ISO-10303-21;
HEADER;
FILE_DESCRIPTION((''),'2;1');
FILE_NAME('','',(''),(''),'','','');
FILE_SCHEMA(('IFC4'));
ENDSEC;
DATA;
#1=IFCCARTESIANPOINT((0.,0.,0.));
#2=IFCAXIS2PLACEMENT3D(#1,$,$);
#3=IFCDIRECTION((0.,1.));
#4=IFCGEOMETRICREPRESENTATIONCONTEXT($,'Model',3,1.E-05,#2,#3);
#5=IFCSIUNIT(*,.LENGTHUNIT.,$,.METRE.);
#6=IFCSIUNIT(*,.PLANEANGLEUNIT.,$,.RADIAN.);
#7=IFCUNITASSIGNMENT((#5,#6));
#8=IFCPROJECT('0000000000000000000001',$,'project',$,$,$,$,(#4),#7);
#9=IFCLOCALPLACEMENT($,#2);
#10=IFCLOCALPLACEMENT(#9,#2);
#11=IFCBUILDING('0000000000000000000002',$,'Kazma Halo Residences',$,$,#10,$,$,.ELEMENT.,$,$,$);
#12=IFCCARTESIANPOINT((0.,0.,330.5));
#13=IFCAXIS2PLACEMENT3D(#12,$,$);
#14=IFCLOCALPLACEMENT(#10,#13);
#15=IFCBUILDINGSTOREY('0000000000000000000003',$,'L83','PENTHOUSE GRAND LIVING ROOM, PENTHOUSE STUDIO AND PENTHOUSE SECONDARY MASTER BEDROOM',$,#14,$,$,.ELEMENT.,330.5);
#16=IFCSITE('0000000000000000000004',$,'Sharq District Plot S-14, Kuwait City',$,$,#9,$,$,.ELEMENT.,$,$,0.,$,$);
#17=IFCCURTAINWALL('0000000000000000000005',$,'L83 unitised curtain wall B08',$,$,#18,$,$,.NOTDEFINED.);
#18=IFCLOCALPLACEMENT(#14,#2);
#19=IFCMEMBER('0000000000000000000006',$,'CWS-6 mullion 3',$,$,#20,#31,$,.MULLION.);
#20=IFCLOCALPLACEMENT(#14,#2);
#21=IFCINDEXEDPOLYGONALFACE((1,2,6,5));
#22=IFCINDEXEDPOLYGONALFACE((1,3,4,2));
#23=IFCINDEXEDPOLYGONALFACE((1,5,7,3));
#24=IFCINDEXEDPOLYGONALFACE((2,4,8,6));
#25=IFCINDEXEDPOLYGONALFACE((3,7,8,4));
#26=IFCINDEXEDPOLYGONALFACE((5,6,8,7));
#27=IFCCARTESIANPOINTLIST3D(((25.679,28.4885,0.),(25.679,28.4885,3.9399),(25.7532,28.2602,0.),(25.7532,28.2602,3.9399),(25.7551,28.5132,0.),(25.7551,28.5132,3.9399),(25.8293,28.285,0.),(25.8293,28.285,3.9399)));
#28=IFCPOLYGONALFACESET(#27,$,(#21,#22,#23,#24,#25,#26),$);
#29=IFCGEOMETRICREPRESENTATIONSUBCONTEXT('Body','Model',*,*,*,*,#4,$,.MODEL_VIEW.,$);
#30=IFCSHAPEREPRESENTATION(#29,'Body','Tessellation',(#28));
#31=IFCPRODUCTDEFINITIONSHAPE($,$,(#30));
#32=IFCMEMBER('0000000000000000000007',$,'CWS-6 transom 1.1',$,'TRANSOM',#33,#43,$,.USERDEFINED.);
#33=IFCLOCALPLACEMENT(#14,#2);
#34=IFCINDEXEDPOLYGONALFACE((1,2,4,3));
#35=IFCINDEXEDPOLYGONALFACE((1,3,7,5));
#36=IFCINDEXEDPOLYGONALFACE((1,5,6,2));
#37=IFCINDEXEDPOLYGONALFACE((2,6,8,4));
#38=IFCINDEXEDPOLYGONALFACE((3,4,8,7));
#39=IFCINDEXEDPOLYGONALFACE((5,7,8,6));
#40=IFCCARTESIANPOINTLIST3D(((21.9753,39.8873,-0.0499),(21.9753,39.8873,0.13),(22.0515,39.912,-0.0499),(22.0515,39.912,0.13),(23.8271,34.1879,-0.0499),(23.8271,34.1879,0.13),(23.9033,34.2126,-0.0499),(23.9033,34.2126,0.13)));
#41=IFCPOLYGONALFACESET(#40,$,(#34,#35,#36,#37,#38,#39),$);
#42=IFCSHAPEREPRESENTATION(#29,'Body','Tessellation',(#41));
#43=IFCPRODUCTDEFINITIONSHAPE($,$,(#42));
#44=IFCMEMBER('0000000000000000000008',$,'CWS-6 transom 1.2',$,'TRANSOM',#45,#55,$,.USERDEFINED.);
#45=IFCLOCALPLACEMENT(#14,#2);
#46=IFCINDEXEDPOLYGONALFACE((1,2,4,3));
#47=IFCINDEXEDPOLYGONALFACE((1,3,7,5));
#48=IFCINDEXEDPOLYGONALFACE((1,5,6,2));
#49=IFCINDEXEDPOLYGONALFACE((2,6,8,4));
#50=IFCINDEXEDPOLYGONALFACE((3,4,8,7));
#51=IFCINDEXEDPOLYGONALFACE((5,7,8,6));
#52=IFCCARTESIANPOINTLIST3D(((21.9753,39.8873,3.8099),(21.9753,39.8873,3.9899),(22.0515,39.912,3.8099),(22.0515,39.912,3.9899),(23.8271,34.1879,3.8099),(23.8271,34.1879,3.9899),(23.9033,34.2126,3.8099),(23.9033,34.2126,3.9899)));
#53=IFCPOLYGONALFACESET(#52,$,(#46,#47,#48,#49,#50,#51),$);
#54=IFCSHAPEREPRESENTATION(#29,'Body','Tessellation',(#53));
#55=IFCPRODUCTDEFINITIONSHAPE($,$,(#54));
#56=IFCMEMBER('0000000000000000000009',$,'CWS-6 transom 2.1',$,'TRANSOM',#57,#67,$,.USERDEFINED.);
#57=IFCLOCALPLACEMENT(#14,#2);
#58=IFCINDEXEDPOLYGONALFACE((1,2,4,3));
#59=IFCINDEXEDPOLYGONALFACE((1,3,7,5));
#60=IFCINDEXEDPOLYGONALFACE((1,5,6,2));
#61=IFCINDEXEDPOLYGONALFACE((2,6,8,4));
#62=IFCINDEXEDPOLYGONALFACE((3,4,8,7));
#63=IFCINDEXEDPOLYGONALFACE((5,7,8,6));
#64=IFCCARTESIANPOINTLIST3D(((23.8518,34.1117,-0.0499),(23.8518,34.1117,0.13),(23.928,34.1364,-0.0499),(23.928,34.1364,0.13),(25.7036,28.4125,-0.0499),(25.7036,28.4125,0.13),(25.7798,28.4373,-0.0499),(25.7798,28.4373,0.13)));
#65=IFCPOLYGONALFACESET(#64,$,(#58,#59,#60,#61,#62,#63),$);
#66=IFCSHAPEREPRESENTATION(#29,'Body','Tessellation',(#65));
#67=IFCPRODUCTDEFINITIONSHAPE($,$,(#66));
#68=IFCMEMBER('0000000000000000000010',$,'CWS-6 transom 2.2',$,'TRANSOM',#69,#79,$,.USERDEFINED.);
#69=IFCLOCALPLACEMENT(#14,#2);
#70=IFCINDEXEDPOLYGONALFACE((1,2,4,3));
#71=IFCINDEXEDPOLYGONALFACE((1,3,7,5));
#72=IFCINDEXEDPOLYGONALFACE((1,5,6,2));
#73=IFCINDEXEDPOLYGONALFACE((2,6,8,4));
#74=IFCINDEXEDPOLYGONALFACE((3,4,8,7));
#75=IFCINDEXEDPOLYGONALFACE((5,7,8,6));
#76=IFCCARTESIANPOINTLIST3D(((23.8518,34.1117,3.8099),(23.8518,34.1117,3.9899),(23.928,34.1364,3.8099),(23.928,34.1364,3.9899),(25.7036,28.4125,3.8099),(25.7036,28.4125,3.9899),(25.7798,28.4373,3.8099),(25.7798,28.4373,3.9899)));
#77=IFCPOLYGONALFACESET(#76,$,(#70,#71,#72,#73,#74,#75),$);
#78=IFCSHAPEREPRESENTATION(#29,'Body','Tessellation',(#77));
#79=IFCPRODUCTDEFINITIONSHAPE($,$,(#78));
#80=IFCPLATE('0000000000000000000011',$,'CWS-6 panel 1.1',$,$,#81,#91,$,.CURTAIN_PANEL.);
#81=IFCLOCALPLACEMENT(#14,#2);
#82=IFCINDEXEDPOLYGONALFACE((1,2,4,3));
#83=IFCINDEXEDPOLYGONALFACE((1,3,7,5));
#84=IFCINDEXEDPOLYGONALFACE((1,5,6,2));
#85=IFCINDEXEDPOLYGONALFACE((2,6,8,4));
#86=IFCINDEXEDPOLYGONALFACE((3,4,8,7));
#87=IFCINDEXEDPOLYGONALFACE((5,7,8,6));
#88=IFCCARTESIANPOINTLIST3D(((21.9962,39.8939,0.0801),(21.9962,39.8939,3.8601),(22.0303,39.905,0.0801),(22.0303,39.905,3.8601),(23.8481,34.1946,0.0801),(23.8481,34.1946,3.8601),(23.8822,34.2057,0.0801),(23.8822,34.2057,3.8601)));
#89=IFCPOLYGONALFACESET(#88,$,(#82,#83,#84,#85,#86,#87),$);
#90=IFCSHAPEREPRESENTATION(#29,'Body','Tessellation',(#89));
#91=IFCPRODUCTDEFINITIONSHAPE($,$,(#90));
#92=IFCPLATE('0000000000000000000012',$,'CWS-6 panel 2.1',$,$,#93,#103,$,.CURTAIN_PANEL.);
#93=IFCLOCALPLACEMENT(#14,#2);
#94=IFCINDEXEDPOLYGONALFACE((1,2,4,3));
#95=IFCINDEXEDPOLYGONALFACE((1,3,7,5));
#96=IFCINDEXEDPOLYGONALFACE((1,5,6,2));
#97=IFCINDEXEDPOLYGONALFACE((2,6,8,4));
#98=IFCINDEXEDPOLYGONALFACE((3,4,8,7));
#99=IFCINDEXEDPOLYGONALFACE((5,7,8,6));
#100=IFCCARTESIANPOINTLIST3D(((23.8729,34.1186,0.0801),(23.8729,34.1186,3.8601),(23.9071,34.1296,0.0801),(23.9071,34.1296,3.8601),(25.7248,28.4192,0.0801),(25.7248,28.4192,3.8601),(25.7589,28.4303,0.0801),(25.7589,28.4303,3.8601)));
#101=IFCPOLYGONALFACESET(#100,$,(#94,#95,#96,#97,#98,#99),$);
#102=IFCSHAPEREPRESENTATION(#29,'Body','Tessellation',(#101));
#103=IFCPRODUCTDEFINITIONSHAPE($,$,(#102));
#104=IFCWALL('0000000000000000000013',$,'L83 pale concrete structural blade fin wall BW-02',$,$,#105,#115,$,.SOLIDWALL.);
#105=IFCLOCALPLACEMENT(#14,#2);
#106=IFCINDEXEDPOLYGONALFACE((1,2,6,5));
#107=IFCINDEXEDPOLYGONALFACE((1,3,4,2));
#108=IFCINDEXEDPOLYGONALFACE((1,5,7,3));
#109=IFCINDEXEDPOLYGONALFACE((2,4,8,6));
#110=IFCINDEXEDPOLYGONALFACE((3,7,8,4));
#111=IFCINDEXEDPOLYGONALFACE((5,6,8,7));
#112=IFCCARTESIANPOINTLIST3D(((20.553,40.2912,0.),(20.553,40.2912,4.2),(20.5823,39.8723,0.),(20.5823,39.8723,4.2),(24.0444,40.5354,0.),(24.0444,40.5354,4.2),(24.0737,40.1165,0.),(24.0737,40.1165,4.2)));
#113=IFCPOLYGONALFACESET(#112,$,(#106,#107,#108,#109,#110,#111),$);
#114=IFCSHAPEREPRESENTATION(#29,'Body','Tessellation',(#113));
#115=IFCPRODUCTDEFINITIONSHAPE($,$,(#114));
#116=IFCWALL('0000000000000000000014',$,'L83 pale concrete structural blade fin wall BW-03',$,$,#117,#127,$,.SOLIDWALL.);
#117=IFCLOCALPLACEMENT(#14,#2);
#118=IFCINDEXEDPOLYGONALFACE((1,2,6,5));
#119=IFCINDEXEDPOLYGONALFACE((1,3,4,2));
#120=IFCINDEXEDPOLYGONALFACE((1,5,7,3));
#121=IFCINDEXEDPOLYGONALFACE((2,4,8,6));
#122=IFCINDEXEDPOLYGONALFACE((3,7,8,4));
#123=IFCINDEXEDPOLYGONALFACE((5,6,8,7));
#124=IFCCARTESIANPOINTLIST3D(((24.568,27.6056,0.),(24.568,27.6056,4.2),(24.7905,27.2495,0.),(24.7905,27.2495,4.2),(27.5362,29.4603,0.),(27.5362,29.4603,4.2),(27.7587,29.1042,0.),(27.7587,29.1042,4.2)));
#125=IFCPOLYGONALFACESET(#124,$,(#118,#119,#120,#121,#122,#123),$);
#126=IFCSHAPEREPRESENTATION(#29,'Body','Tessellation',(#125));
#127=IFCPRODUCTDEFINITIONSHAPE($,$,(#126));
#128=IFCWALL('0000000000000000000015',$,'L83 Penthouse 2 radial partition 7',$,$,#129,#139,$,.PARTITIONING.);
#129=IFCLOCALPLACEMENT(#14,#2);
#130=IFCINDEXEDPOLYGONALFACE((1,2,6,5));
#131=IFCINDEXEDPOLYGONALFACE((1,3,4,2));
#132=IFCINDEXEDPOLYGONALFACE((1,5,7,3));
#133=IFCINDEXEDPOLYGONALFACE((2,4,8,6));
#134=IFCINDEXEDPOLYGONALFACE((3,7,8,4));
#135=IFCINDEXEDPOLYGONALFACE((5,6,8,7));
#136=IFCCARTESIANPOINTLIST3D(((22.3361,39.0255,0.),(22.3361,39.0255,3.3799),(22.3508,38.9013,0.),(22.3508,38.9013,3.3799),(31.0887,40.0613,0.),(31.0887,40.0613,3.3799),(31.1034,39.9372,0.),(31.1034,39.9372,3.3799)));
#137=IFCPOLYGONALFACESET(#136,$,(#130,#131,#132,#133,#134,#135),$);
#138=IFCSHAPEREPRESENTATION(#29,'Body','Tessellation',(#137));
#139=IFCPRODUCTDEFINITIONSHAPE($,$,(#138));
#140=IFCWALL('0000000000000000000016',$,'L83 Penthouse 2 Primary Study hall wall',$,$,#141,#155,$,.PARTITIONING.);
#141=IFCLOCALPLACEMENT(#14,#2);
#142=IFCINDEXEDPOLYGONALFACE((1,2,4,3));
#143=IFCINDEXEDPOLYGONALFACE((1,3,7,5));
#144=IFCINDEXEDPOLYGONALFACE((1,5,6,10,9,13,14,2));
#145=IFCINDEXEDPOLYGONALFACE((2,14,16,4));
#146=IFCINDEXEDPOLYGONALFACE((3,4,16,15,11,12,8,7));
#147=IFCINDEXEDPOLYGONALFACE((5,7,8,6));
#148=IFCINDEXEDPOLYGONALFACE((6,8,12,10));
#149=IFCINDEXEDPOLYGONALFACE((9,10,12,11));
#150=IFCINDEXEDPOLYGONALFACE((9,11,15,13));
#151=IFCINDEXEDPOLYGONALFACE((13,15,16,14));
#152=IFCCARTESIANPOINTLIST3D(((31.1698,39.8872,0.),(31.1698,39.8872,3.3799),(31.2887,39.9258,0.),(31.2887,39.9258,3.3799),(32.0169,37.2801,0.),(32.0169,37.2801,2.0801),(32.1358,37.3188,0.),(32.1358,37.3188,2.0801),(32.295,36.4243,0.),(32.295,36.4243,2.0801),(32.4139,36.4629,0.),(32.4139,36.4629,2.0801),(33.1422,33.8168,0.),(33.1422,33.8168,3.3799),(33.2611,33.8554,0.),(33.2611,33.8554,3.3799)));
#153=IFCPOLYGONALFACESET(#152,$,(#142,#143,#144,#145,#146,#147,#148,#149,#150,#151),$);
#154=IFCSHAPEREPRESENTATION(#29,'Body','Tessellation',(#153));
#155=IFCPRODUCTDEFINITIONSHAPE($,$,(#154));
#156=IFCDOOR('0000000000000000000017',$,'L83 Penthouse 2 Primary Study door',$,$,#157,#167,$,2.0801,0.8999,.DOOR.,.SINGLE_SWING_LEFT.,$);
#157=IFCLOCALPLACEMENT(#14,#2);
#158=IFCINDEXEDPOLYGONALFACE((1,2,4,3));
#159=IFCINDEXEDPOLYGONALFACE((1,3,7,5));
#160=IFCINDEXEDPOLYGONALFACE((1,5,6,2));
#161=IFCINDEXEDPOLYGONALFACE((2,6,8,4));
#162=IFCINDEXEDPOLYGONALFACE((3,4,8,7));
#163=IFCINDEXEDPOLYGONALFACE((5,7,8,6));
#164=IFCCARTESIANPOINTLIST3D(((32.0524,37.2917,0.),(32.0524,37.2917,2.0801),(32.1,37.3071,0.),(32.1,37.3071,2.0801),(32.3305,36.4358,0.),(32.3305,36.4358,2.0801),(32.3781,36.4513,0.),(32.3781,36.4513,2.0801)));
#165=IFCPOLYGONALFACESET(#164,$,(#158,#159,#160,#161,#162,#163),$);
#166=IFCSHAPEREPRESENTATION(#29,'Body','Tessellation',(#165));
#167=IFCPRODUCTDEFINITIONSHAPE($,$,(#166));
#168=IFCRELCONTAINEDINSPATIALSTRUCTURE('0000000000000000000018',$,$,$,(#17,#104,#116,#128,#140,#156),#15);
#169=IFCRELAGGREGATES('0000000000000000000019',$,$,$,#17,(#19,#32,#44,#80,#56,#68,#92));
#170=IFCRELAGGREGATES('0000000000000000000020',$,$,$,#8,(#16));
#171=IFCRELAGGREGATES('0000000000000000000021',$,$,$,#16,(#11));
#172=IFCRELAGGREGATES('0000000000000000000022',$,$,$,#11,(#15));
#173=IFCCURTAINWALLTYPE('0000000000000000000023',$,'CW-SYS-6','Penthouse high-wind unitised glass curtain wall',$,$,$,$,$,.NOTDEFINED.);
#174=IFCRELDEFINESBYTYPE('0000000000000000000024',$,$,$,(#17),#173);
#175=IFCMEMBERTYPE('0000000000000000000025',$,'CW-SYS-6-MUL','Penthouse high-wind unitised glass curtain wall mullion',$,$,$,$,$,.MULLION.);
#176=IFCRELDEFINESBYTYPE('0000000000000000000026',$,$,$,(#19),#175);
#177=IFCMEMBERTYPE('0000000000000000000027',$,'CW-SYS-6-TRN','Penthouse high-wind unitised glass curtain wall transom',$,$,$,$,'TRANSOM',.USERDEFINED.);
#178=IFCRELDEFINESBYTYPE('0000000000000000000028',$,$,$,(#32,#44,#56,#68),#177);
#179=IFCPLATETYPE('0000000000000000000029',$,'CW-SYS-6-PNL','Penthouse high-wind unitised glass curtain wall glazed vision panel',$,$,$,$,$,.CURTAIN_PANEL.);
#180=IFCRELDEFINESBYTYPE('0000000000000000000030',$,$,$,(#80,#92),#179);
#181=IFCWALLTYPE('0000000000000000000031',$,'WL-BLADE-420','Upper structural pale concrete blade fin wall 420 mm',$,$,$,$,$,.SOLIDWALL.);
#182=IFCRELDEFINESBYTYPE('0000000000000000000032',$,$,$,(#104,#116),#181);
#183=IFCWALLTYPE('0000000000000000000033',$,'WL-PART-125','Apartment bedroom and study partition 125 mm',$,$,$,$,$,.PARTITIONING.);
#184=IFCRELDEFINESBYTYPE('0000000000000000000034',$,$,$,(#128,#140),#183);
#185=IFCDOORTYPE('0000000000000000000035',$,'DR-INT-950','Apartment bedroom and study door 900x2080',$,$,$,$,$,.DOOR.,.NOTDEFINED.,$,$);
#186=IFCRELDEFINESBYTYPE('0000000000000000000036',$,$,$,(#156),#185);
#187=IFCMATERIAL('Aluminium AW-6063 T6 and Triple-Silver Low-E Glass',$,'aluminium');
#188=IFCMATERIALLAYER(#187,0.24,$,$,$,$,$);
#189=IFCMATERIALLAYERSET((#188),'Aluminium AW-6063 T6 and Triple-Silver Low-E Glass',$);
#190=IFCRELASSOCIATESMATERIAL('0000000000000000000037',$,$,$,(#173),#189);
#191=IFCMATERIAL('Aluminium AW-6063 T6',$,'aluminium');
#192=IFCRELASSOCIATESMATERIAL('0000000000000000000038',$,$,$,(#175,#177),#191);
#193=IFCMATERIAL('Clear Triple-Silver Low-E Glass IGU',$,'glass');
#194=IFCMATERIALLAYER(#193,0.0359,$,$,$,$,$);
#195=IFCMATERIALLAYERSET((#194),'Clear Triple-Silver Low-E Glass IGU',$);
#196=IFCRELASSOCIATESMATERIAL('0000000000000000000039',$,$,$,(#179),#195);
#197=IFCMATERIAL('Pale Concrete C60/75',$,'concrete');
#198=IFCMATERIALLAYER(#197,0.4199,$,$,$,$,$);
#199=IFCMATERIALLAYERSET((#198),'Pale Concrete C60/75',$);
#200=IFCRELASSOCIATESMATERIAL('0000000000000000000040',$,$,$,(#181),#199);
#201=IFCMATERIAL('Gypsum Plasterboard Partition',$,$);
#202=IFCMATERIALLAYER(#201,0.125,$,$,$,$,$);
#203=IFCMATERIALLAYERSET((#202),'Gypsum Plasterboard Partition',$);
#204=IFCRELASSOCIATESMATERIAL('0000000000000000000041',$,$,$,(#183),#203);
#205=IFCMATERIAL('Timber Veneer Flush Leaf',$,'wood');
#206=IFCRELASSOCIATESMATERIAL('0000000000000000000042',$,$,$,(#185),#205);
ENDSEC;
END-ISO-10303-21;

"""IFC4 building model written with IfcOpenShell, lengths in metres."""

from ifc_helpers import new_model, si_unit, direction, frame, frame_2d, origin, origin_2d, place, context, subcontext, project, spatial, rectangle, extrude, material, layer, layer_set, material_profile, profile_set, type_object, element, fill, aggregate, save


model = new_model("IFC4")

# Units and contexts
model_context = context("Model", 3, precision=1e-05, world=origin(), true_north=direction((0.0, 1.0)))
body_context = subcontext(model_context, "Body", "Model", "MODEL_VIEW")
ifc_project = project(units=[si_unit("LENGTHUNIT", "METRE"), si_unit("PLANEANGLEUNIT", "RADIAN")], contexts=[model_context])

# Site, building, storey
site_placement = place(None, origin())
site = spatial("IfcSite", under=ifc_project, at=site_placement, Name="Sharq District Plot S-14, Kuwait City", CompositionType="ELEMENT", RefElevation=0.0)
building_placement = place(site_placement, origin())
building = spatial("IfcBuilding", under=site, at=building_placement, Name="Kazma Halo Residences", CompositionType="ELEMENT")
storey_placement = place(building_placement, frame((0.0, 0.0, 330.5)))
storey = spatial("IfcBuildingStorey", under=building, at=storey_placement, Name="L83", Description="PENTHOUSE GRAND LIVING ROOM, PENTHOUSE STUDIO AND PENTHOUSE SECONDARY MASTER BEDROOM", CompositionType="ELEMENT", Elevation=330.5)

# Shared definitions
ifc_material_1 = material(Name="Aluminium AW-6063 T6 and Triple-Silver Low-E Glass", Category="aluminium")
ifc_layer_1 = layer(ifc_material_1, 0.24)
ifc_layer_set_1 = layer_set([ifc_layer_1], Name="Aluminium AW-6063 T6 and Triple-Silver Low-E Glass")
curtain_wall_type = type_object("IfcCurtainWallType", Name="CW-SYS-6", Description="Penthouse high-wind unitised glass curtain wall", PredefinedType="NOTDEFINED", material=ifc_layer_set_1)
ifc_material_2 = material(Name="Aluminium AW-6063 T6", Category="aluminium")
ifc_material_profile_1 = material_profile(ifc_material_2, rectangle(XDim=0.0801, YDim=0.24, at=origin_2d()), Name="CWM-80x240")
ifc_profile_set_1 = profile_set([ifc_material_profile_1], Name="Aluminium AW-6063 T6")
member_type_1 = type_object("IfcMemberType", Name="CW-SYS-6-MUL", Description="Penthouse high-wind unitised glass curtain wall mullion", PredefinedType="MULLION", material=ifc_profile_set_1)

# Curtain wall, members, plates
curtain_wall_1_placement = place(storey_placement, origin())
curtain_wall_1 = element("IfcCurtainWall", 1, at=curtain_wall_1_placement, inside=storey, type_object=curtain_wall_type, Name="L83 unitised curtain wall B08", PredefinedType="NOTDEFINED")
member_1_placement = place(storey_placement, frame((25.7542, 28.3867, 0.0), z_axis=(0.0, 0.0, 1.0), x_axis=(0.951056, 0.309019, 0.0)))
member_1 = element("IfcMember", 2, at=member_1_placement, type_object=member_type_1, Name="CWS-6 mullion 3", PredefinedType="MULLION", context=body_context, shape_type="SweptSolid", body=[
    extrude(rectangle(XDim=0.0801, YDim=0.24, at=origin_2d()), origin(), (0.0, 0.0, 1.0), 3.9399),
])
ifc_material_profile_2 = material_profile(ifc_material_2, rectangle(XDim=0.0801, YDim=0.1799, at=origin_2d()), Name="CWT-80x180")
ifc_profile_set_2 = profile_set([ifc_material_profile_2], Name="Aluminium AW-6063 T6")
member_type_2 = type_object("IfcMemberType", Name="CW-SYS-6-TRN", Description="Penthouse high-wind unitised glass curtain wall transom", ElementType="TRANSOM", PredefinedType="USERDEFINED", material=ifc_profile_set_2)
member_2_placement = place(storey_placement, frame((22.0134, 39.8997, 0.04), z_axis=(0.309008, -0.95106, 0.0), x_axis=(0.95106, 0.309008, 0.0)))
member_2 = element("IfcMember", 3, at=member_2_placement, type_object=member_type_2, Name="CWS-6 transom 1.1", ObjectType="TRANSOM", PredefinedType="USERDEFINED", context=body_context, shape_type="SweptSolid", body=[
    extrude(rectangle(XDim=0.0801, YDim=0.1799, at=origin_2d()), origin(), (0.0, 0.0, 1.0), 5.9927),
])
member_3_placement = place(storey_placement, frame((22.0134, 39.8997, 3.8999), z_axis=(0.309008, -0.95106, 0.0), x_axis=(0.95106, 0.309008, 0.0)))
member_3 = element("IfcMember", 4, at=member_3_placement, type_object=member_type_2, Name="CWS-6 transom 1.2", ObjectType="TRANSOM", PredefinedType="USERDEFINED", context=body_context, shape_type="SweptSolid", body=[
    extrude(rectangle(XDim=0.0801, YDim=0.1799, at=origin_2d()), origin(), (0.0, 0.0, 1.0), 5.9927),
])
member_4_placement = place(storey_placement, frame((23.8899, 34.124, 0.04), z_axis=(0.30902, -0.951056, 0.0), x_axis=(0.951056, 0.30902, 0.0)))
member_4 = element("IfcMember", 5, at=member_4_placement, type_object=member_type_2, Name="CWS-6 transom 2.1", ObjectType="TRANSOM", PredefinedType="USERDEFINED", context=body_context, shape_type="SweptSolid", body=[
    extrude(rectangle(XDim=0.0801, YDim=0.1799, at=origin_2d()), origin(), (0.0, 0.0, 1.0), 5.9924),
])
member_5_placement = place(storey_placement, frame((23.8899, 34.124, 3.8999), z_axis=(0.30902, -0.951056, 0.0), x_axis=(0.951056, 0.30902, 0.0)))
member_5 = element("IfcMember", 6, at=member_5_placement, type_object=member_type_2, Name="CWS-6 transom 2.2", ObjectType="TRANSOM", PredefinedType="USERDEFINED", context=body_context, shape_type="SweptSolid", body=[
    extrude(rectangle(XDim=0.0801, YDim=0.1799, at=origin_2d()), origin(), (0.0, 0.0, 1.0), 5.9924),
])
ifc_material_3 = material(Name="Clear Triple-Silver Low-E Glass IGU", Category="glass")
ifc_layer_2 = layer(ifc_material_3, 0.0359)
ifc_layer_set_2 = layer_set([ifc_layer_2], Name="Clear Triple-Silver Low-E Glass IGU")
plate_type = type_object("IfcPlateType", Name="CW-SYS-6-PNL", Description="Penthouse high-wind unitised glass curtain wall glazed vision panel", PredefinedType="CURTAIN_PANEL", material=ifc_layer_set_2)
plate_1_placement = place(storey_placement, frame((22.9392, 37.0498, 0.0801), z_axis=(0.0, 0.0, 1.0), x_axis=(0.309019, -0.951056, 0.0)))
plate_1 = element("IfcPlate", 7, at=plate_1_placement, type_object=plate_type, Name="CWS-6 panel 1.1", PredefinedType="CURTAIN_PANEL", context=body_context, shape_type="SweptSolid", body=[
    extrude(rectangle(XDim=5.9927, YDim=0.0359, at=origin_2d()), origin(), (0.0, 0.0, 1.0), 3.78),
])
plate_2_placement = place(storey_placement, frame((24.8159, 31.2744, 0.0801), z_axis=(0.0, 0.0, 1.0), x_axis=(0.309019, -0.951056, 0.0)))
plate_2 = element("IfcPlate", 8, at=plate_2_placement, type_object=plate_type, Name="CWS-6 panel 2.1", PredefinedType="CURTAIN_PANEL", context=body_context, shape_type="SweptSolid", body=[
    extrude(rectangle(XDim=5.9927, YDim=0.0359, at=origin_2d()), origin(), (0.0, 0.0, 1.0), 3.78),
])
aggregate(curtain_wall_1, [member_1, member_2, member_3, plate_1, member_4, member_5, plate_2])

# Walls
ifc_material_4 = material(Name="Pale Concrete C60/75", Category="concrete")
ifc_layer_3 = layer(ifc_material_4, 0.4199)
ifc_layer_set_3 = layer_set([ifc_layer_3], Name="Pale Concrete C60/75")
wall_type_1 = type_object("IfcWallType", Name="WL-BLADE-420", Description="Upper structural pale concrete blade fin wall 420 mm", PredefinedType="SOLIDWALL", material=ifc_layer_set_3)
for number, where, z_axis, x_axis, name in (
    (9, (24.0591, 40.3259, 0.0), (0.0, 0.0, 1.0), (-0.997564, -0.069755, 0.0), "L83 pale concrete structural blade fin wall BW-02"),
    (10, (27.6475, 29.2822, 0.0), (0.0, 0.0, 1.0), (-0.848053, -0.529911, 0.0), "L83 pale concrete structural blade fin wall BW-03"),
):
    element("IfcWall", number, at=place(storey_placement, frame(where, z_axis=z_axis, x_axis=x_axis)), inside=storey, type_object=wall_type_1, Name=name, PredefinedType="SOLIDWALL", context=body_context, shape_type="SweptSolid", body=[
        extrude(rectangle(XDim=3.5, YDim=0.4199, at=frame_2d((1.75, 0.0))), origin(), (0.0, 0.0, 1.0), 4.2),
    ])
ifc_material_5 = material(Name="Gypsum Plasterboard Partition")
ifc_layer_4 = layer(ifc_material_5, 0.125)
ifc_layer_set_4 = layer_set([ifc_layer_4], Name="Gypsum Plasterboard Partition")
wall_type_2 = type_object("IfcWallType", Name="WL-PART-125", Description="Apartment bedroom and study partition 125 mm", PredefinedType="PARTITIONING", material=ifc_layer_set_4)
wall_1_placement = place(storey_placement, frame((31.0959, 39.9993, 0.0), z_axis=(0.0, 0.0, 1.0), x_axis=(-0.993069, -0.117531, 0.0)))
element("IfcWall", 11, at=wall_1_placement, inside=storey, type_object=wall_type_2, Name="L83 Penthouse 2 radial partition 7", PredefinedType="PARTITIONING", context=body_context, shape_type="SweptSolid", body=[
    extrude(rectangle(XDim=8.8137, YDim=0.125, at=frame_2d((4.4067, 0.0))), origin(), (0.0, 0.0, 1.0), 3.3799),
])

# Wall, opening, door
wall_2_placement = place(storey_placement, frame((31.2292, 39.9065, 0.0), z_axis=(0.0, 0.0, 1.0), x_axis=(0.309024, -0.951054, 0.0)))
wall_2 = element("IfcWall", 12, at=wall_2_placement, inside=storey, type_object=wall_type_2, Name="L83 Penthouse 2 Primary Study hall wall", PredefinedType="PARTITIONING", context=body_context, shape_type="SweptSolid", body=[
    extrude(rectangle(XDim=6.3828, YDim=0.125, at=frame_2d((3.1914, 0.0))), origin(), (0.0, 0.0, 1.0), 3.3799),
])
opening_1_placement = place(wall_2_placement, frame((2.7412, 0.0, 0.0)))
opening_1 = element("IfcOpeningElement", 13, at=opening_1_placement, cuts=wall_2, PredefinedType="OPENING", context=body_context, shape_type="SweptSolid", body=[
    extrude(rectangle(XDim=0.8999, YDim=2.0801, at=frame_2d((0.45, 1.04))), frame((0.0, 0.0725, 0.0), z_axis=(0.0, -1.0, 0.0), x_axis=(1.0, 0.0, 0.0)), (0.0, 0.0, 1.0), 0.145),
])
ifc_material_6 = material(Name="Timber Veneer Flush Leaf", Category="wood")
door_type = type_object("IfcDoorType", Name="DR-INT-950", Description="Apartment bedroom and study door 900x2080", OperationType="NOTDEFINED", PredefinedType="DOOR", material=ifc_material_6)
door_1_placement = place(opening_1_placement, origin())
door_1 = element("IfcDoor", 14, at=door_1_placement, inside=storey, type_object=door_type, Name="L83 Penthouse 2 Primary Study door", OperationType="SINGLE_SWING_LEFT", OverallHeight=2.0801, OverallWidth=0.8999, PredefinedType="DOOR", context=body_context, shape_type="SweptSolid", body=[
    extrude(rectangle(XDim=0.8999, YDim=2.0801, at=frame_2d((0.45, 1.04))), frame((0.0, 0.0249, 0.0), z_axis=(0.0, -1.0, 0.0), x_axis=(1.0, 0.0, 0.0)), (0.0, 0.0, 1.0), 0.05),
])
fill(opening_1, door_1)

save(model, "model.ifc")
